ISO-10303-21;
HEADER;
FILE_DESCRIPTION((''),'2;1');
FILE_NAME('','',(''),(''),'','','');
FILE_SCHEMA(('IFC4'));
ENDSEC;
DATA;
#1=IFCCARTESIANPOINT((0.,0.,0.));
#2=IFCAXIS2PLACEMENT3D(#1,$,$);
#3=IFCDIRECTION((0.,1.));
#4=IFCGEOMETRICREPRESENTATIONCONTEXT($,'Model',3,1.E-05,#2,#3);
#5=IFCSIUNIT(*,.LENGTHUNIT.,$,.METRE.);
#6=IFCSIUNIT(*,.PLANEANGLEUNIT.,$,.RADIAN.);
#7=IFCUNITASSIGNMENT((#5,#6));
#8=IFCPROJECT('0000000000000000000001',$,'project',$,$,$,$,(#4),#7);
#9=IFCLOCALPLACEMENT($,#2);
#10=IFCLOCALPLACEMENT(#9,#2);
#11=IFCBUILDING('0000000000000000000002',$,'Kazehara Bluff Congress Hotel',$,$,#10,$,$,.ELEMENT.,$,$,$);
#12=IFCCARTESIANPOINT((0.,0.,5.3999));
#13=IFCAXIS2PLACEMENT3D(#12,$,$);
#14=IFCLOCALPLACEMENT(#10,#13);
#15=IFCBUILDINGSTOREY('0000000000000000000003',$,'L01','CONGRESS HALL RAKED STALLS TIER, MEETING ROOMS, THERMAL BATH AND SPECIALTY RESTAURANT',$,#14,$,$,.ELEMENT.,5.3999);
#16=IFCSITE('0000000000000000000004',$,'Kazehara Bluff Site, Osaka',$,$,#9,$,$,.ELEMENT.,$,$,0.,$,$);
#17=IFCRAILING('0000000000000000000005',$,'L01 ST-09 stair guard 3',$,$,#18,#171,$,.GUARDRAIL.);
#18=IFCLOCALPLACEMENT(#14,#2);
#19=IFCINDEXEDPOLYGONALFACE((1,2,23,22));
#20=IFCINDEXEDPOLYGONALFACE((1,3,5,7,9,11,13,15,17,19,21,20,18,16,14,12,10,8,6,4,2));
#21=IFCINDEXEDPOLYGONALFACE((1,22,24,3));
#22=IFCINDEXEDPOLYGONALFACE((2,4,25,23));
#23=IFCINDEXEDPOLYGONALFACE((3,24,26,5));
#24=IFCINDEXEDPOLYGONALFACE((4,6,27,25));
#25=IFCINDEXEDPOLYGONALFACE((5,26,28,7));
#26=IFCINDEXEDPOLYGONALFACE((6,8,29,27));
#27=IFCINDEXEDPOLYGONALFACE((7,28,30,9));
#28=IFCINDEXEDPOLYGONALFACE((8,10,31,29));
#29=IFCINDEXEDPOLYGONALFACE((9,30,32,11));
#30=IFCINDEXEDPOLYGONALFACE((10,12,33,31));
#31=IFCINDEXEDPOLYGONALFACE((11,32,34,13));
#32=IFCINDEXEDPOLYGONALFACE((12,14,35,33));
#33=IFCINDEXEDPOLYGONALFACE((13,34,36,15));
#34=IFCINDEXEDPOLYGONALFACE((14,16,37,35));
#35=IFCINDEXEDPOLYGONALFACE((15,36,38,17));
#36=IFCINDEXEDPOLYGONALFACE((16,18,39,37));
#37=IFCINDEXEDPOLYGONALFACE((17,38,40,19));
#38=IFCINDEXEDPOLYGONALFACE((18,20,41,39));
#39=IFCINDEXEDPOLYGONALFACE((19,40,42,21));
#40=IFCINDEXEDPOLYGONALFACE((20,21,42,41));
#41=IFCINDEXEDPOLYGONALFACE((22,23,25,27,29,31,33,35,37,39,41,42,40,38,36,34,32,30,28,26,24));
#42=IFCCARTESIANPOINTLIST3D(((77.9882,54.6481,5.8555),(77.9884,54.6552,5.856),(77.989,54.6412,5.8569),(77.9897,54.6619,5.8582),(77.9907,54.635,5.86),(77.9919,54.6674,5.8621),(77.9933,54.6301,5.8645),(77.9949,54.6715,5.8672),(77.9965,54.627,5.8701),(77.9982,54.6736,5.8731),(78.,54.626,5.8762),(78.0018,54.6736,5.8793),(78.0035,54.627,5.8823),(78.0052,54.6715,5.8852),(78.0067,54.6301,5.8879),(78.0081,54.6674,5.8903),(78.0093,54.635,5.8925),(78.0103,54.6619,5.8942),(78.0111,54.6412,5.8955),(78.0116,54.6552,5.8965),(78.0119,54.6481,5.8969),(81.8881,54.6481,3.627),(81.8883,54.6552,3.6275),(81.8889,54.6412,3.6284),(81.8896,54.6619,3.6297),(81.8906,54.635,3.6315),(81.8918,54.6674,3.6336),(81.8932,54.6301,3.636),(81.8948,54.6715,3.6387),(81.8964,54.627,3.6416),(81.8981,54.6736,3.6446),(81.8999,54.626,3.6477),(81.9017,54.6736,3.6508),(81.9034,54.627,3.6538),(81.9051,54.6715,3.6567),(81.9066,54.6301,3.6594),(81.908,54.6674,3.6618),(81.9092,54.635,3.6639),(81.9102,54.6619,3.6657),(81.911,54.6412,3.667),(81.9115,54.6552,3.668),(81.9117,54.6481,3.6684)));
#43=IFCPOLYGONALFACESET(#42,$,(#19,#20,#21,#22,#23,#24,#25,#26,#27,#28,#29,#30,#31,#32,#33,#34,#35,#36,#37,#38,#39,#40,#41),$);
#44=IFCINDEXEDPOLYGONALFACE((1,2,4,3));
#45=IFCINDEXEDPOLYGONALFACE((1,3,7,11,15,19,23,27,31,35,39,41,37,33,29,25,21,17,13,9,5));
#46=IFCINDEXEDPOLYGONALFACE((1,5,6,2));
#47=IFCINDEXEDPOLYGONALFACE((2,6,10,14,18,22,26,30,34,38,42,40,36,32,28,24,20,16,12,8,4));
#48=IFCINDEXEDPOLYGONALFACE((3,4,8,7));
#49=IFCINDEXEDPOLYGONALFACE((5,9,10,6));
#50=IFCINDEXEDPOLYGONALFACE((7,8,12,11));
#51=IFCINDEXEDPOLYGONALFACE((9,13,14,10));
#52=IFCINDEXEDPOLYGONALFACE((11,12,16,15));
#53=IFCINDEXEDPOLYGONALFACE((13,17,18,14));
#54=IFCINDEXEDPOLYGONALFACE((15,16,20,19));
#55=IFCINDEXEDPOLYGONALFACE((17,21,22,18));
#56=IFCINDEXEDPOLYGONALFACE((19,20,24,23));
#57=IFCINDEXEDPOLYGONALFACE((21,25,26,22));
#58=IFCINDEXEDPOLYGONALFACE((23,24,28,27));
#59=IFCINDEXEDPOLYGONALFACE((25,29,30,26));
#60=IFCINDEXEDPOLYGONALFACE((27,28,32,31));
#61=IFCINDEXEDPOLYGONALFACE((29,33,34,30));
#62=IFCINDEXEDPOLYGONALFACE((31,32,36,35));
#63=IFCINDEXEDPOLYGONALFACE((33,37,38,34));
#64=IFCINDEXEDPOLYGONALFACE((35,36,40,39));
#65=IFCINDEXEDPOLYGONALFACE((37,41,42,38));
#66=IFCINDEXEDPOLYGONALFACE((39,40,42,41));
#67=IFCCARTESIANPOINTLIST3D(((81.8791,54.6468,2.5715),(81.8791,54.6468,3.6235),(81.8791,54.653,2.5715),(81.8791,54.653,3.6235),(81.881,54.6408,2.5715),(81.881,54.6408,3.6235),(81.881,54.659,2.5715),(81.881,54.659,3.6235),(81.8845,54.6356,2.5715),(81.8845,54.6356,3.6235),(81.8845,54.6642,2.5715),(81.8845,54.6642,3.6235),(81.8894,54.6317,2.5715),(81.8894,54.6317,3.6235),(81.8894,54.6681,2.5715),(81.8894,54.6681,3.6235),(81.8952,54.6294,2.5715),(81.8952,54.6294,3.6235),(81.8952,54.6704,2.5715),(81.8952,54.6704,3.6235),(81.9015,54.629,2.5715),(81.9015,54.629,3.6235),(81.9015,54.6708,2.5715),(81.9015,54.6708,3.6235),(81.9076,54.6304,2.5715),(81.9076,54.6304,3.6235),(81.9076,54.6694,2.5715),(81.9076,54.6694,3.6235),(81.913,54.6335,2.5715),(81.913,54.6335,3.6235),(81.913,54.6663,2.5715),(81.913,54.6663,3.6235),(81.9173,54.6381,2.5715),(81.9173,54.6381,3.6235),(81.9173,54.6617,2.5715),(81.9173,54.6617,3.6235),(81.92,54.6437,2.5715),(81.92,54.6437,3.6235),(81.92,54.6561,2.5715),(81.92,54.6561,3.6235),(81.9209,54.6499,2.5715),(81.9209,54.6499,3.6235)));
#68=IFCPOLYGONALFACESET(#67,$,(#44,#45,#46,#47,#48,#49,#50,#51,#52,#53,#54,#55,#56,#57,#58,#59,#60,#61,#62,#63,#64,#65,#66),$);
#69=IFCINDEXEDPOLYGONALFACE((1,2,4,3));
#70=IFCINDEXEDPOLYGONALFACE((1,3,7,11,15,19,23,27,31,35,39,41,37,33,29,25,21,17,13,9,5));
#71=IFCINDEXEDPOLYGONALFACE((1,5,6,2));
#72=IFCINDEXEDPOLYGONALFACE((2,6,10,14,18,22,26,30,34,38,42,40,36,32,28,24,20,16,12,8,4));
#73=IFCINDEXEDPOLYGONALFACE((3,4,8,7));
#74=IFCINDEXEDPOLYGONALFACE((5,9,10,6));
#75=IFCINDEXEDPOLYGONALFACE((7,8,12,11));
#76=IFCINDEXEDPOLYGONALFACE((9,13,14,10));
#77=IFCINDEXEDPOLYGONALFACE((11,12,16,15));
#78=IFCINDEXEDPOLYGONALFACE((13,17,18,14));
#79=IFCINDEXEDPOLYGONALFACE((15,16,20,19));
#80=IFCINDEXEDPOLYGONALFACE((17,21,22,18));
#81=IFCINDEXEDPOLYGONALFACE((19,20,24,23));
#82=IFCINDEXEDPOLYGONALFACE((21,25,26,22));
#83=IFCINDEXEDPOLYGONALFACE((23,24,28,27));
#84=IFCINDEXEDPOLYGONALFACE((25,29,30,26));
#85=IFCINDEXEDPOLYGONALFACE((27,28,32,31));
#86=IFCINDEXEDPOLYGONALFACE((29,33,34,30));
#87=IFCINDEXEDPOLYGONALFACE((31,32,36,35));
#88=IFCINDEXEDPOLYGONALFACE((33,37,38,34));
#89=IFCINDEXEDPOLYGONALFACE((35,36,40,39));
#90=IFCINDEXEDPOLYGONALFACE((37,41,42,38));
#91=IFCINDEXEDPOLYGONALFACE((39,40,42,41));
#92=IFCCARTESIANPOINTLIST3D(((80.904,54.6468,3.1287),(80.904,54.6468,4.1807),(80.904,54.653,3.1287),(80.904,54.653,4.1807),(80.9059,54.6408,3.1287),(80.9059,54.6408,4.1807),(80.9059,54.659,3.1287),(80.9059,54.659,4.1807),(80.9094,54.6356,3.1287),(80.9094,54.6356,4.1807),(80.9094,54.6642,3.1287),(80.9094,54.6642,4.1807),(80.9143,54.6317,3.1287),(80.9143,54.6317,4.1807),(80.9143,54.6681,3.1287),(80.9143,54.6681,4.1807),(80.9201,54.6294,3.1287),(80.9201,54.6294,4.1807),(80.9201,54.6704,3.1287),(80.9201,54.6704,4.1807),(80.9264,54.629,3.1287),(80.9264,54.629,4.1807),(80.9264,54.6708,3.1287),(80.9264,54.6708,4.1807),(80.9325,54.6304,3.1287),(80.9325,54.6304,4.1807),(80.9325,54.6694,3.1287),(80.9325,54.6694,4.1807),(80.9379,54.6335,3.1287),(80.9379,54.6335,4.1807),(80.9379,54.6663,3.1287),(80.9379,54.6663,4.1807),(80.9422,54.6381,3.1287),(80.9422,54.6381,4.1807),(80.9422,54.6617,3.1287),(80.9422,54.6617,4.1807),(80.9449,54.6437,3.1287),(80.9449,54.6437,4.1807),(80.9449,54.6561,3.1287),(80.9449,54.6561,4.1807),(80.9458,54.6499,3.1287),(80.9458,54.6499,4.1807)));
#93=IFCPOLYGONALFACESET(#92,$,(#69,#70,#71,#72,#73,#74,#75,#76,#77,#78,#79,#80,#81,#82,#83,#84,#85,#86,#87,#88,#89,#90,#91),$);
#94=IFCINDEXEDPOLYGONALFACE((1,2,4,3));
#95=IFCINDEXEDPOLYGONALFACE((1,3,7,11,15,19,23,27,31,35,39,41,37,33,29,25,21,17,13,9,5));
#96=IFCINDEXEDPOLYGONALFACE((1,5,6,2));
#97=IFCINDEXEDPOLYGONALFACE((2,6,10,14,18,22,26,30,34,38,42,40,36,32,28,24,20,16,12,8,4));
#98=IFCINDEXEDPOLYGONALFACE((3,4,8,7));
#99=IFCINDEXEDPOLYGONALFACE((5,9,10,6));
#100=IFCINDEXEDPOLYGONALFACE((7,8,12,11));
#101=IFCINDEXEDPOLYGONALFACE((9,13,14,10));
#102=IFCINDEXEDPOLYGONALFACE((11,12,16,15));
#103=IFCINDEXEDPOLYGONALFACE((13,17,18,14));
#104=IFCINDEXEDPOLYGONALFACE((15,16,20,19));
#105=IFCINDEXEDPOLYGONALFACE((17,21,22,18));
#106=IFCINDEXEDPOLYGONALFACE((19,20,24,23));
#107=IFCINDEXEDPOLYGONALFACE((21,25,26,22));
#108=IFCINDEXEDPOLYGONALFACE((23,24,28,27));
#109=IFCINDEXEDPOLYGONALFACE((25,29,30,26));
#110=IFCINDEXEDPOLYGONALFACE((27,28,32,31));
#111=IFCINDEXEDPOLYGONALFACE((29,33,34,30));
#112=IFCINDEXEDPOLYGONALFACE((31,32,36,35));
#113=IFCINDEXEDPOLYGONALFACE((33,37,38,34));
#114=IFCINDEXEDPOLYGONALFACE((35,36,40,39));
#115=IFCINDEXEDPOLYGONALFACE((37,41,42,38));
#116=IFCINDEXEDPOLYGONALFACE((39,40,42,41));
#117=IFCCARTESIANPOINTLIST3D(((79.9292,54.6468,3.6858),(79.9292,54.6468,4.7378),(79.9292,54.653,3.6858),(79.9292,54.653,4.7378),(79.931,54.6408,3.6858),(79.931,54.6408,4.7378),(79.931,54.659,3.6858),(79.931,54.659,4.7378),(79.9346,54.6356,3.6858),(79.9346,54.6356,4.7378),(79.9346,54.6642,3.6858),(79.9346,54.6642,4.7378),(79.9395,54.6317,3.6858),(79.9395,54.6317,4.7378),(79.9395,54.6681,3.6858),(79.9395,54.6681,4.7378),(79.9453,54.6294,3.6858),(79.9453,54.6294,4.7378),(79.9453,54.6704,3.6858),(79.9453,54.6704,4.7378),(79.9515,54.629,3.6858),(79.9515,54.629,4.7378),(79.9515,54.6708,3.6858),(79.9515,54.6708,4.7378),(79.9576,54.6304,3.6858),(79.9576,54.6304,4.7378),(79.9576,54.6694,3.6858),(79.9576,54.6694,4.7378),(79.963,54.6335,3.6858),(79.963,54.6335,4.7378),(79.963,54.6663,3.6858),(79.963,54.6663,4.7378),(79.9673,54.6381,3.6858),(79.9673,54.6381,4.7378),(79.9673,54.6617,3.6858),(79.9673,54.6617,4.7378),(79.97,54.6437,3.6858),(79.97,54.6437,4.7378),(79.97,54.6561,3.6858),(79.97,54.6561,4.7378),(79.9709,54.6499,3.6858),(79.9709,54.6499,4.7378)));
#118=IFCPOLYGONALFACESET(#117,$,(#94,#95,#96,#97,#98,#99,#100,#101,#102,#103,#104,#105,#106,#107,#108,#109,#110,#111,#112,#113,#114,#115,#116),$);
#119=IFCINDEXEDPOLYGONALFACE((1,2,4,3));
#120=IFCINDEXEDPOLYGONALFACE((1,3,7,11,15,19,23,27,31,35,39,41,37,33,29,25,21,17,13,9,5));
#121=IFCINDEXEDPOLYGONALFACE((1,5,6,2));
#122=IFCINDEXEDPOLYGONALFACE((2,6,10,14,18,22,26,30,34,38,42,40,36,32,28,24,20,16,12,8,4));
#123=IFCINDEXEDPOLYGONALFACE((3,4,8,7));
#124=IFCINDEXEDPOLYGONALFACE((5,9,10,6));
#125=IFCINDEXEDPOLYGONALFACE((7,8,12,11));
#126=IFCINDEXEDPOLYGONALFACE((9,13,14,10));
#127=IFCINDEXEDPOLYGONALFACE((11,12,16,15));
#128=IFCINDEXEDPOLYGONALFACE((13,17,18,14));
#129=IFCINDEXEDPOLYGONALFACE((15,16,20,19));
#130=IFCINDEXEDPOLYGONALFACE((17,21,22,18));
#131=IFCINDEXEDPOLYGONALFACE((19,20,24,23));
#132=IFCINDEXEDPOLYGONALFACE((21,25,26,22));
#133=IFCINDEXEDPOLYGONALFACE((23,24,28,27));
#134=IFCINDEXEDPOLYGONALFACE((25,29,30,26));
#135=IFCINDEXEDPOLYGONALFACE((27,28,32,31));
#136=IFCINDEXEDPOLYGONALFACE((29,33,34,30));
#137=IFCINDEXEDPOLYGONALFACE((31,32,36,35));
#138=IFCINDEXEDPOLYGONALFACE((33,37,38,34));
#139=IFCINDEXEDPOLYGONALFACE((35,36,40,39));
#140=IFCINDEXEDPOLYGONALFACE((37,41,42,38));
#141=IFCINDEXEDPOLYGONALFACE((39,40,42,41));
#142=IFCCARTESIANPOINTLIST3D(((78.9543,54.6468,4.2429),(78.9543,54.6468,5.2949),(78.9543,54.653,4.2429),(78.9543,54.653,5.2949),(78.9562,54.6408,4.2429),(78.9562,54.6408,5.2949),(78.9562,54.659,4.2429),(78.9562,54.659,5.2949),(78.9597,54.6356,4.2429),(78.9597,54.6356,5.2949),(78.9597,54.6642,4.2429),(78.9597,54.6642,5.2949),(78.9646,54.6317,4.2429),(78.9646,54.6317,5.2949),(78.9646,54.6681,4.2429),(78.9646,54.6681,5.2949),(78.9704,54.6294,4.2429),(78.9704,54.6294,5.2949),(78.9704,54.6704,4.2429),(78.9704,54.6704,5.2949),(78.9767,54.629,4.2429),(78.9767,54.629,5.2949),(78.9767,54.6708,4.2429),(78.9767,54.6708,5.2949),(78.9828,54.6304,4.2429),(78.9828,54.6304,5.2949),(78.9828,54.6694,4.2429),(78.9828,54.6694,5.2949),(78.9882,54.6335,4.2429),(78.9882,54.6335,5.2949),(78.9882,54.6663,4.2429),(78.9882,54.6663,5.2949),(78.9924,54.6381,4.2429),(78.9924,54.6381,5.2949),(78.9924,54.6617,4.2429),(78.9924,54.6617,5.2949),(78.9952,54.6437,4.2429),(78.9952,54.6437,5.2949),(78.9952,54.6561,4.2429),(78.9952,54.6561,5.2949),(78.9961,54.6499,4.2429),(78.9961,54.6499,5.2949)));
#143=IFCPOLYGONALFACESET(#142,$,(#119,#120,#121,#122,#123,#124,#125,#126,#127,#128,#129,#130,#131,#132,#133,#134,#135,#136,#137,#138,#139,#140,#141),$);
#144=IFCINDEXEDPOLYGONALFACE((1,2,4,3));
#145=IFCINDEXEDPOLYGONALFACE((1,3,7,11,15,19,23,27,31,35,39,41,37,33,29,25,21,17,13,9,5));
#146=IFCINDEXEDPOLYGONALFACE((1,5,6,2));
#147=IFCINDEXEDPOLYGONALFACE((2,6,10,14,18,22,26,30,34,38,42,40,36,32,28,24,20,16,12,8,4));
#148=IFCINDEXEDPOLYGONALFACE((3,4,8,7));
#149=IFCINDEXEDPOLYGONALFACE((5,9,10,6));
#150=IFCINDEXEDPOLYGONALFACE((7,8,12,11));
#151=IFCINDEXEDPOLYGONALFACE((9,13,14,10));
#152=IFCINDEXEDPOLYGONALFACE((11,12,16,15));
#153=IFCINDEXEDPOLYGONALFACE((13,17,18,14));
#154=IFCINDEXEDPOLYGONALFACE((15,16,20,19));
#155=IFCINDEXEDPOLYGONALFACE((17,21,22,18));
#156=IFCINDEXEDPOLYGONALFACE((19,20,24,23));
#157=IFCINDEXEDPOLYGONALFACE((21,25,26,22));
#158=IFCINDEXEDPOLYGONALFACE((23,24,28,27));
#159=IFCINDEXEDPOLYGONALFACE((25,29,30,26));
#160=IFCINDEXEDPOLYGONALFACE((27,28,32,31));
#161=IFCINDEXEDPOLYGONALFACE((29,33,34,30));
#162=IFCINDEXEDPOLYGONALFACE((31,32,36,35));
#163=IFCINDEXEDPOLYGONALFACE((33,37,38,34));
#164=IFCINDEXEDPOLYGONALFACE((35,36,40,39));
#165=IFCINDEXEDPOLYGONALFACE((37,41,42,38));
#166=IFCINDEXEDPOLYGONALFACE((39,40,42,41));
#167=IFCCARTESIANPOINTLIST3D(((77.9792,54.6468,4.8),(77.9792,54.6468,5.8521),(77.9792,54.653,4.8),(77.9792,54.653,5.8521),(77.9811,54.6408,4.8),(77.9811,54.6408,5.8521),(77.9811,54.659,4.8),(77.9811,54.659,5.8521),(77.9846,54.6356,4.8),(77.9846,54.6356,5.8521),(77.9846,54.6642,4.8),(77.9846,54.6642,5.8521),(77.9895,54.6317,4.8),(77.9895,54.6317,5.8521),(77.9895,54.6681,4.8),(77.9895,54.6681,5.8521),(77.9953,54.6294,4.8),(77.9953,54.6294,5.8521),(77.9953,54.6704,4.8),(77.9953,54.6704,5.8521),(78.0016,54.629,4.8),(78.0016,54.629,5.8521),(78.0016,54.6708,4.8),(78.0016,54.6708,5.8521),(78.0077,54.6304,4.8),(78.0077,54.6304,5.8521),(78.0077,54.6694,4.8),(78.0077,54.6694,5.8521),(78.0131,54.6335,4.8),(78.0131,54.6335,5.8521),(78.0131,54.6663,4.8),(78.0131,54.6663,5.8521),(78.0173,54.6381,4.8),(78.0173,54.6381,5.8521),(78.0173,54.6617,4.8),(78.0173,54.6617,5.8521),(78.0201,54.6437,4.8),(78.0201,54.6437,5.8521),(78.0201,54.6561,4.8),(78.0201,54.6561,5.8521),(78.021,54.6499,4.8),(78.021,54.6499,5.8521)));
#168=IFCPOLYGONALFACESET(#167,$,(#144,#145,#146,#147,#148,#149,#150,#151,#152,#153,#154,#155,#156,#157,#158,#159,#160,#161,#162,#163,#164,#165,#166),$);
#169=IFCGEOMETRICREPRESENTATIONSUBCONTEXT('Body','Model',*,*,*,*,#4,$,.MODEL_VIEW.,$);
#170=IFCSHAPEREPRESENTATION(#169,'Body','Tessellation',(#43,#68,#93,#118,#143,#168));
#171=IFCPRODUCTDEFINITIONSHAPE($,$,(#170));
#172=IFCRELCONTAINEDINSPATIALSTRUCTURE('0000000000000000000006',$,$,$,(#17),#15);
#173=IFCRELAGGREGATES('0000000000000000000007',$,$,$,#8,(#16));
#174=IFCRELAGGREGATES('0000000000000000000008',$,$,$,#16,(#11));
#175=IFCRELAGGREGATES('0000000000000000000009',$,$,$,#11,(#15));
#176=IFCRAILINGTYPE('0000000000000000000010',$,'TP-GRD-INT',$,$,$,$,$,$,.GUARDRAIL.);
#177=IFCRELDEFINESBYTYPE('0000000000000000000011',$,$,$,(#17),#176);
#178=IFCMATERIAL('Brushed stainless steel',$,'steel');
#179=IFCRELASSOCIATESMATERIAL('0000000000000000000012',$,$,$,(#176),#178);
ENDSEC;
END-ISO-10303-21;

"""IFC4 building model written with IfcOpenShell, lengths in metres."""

from ifc_helpers import new_model, si_unit, direction, frame, origin, origin_2d, place, context, subcontext, project, spatial, circle, extrude, material, type_object, element, save


model = new_model("IFC4")

# Units and contexts
model_context = context("Model", 3, precision=1e-05, world=origin(), true_north=direction((0.0, 1.0)))
body_context = subcontext(model_context, "Body", "Model", "MODEL_VIEW")
ifc_project = project(units=[si_unit("LENGTHUNIT", "METRE"), si_unit("PLANEANGLEUNIT", "RADIAN")], contexts=[model_context])

# Site, building, storey
site_placement = place(None, origin())
site = spatial("IfcSite", under=ifc_project, at=site_placement, Name="Kazehara Bluff Site, Osaka", CompositionType="ELEMENT", RefElevation=0.0)
building_placement = place(site_placement, origin())
building = spatial("IfcBuilding", under=site, at=building_placement, Name="Kazehara Bluff Congress Hotel", CompositionType="ELEMENT")
storey_placement = place(building_placement, frame((0.0, 0.0, 5.3999)))
storey = spatial("IfcBuildingStorey", under=building, at=storey_placement, Name="L01", Description="CONGRESS HALL RAKED STALLS TIER, MEETING ROOMS, THERMAL BATH AND SPECIALTY RESTAURANT", CompositionType="ELEMENT", Elevation=5.3999)

# Railing
ifc_material_1 = material(Name="Brushed stainless steel", Category="steel")
railing_type_1 = type_object("IfcRailingType", Name="TP-GRD-INT", PredefinedType="GUARDRAIL", material=ifc_material_1)
railing_1_placement = place(storey_placement, frame((81.8999, 54.6499, 2.5715)))
element("IfcRailing", 1, at=railing_1_placement, inside=storey, type_object=railing_type_1, Name="L01 ST-09 stair guard 3", PredefinedType="GUARDRAIL", context=body_context, shape_type="SweptSolid", body=[
    extrude(circle(Radius=0.0239, at=origin_2d()), frame((0.0, 0.0, 1.0762), z_axis=(-0.868243, 0.0, 0.496139), x_axis=(0.0, -1.0, 0.0)), (0.0, 0.0, 1.0), 4.4917),
    extrude(circle(Radius=0.021, at=origin_2d()), origin(), (0.0, 0.0, 1.0), 1.052),
    extrude(circle(Radius=0.021, at=origin_2d()), frame((-0.9751, 0.0, 0.5571)), (0.0, 0.0, 1.0), 1.052),
    extrude(circle(Radius=0.021, at=origin_2d()), frame((-1.95, 0.0, 1.1143)), (0.0, 0.0, 1.0), 1.052),
    extrude(circle(Radius=0.021, at=origin_2d()), frame((-2.9248, 0.0, 1.6714)), (0.0, 0.0, 1.0), 1.052),
    extrude(circle(Radius=0.021, at=origin_2d()), frame((-3.8999, 0.0, 2.2285)), (0.0, 0.0, 1.0), 1.052),
])

save(model, "model.ifc")
